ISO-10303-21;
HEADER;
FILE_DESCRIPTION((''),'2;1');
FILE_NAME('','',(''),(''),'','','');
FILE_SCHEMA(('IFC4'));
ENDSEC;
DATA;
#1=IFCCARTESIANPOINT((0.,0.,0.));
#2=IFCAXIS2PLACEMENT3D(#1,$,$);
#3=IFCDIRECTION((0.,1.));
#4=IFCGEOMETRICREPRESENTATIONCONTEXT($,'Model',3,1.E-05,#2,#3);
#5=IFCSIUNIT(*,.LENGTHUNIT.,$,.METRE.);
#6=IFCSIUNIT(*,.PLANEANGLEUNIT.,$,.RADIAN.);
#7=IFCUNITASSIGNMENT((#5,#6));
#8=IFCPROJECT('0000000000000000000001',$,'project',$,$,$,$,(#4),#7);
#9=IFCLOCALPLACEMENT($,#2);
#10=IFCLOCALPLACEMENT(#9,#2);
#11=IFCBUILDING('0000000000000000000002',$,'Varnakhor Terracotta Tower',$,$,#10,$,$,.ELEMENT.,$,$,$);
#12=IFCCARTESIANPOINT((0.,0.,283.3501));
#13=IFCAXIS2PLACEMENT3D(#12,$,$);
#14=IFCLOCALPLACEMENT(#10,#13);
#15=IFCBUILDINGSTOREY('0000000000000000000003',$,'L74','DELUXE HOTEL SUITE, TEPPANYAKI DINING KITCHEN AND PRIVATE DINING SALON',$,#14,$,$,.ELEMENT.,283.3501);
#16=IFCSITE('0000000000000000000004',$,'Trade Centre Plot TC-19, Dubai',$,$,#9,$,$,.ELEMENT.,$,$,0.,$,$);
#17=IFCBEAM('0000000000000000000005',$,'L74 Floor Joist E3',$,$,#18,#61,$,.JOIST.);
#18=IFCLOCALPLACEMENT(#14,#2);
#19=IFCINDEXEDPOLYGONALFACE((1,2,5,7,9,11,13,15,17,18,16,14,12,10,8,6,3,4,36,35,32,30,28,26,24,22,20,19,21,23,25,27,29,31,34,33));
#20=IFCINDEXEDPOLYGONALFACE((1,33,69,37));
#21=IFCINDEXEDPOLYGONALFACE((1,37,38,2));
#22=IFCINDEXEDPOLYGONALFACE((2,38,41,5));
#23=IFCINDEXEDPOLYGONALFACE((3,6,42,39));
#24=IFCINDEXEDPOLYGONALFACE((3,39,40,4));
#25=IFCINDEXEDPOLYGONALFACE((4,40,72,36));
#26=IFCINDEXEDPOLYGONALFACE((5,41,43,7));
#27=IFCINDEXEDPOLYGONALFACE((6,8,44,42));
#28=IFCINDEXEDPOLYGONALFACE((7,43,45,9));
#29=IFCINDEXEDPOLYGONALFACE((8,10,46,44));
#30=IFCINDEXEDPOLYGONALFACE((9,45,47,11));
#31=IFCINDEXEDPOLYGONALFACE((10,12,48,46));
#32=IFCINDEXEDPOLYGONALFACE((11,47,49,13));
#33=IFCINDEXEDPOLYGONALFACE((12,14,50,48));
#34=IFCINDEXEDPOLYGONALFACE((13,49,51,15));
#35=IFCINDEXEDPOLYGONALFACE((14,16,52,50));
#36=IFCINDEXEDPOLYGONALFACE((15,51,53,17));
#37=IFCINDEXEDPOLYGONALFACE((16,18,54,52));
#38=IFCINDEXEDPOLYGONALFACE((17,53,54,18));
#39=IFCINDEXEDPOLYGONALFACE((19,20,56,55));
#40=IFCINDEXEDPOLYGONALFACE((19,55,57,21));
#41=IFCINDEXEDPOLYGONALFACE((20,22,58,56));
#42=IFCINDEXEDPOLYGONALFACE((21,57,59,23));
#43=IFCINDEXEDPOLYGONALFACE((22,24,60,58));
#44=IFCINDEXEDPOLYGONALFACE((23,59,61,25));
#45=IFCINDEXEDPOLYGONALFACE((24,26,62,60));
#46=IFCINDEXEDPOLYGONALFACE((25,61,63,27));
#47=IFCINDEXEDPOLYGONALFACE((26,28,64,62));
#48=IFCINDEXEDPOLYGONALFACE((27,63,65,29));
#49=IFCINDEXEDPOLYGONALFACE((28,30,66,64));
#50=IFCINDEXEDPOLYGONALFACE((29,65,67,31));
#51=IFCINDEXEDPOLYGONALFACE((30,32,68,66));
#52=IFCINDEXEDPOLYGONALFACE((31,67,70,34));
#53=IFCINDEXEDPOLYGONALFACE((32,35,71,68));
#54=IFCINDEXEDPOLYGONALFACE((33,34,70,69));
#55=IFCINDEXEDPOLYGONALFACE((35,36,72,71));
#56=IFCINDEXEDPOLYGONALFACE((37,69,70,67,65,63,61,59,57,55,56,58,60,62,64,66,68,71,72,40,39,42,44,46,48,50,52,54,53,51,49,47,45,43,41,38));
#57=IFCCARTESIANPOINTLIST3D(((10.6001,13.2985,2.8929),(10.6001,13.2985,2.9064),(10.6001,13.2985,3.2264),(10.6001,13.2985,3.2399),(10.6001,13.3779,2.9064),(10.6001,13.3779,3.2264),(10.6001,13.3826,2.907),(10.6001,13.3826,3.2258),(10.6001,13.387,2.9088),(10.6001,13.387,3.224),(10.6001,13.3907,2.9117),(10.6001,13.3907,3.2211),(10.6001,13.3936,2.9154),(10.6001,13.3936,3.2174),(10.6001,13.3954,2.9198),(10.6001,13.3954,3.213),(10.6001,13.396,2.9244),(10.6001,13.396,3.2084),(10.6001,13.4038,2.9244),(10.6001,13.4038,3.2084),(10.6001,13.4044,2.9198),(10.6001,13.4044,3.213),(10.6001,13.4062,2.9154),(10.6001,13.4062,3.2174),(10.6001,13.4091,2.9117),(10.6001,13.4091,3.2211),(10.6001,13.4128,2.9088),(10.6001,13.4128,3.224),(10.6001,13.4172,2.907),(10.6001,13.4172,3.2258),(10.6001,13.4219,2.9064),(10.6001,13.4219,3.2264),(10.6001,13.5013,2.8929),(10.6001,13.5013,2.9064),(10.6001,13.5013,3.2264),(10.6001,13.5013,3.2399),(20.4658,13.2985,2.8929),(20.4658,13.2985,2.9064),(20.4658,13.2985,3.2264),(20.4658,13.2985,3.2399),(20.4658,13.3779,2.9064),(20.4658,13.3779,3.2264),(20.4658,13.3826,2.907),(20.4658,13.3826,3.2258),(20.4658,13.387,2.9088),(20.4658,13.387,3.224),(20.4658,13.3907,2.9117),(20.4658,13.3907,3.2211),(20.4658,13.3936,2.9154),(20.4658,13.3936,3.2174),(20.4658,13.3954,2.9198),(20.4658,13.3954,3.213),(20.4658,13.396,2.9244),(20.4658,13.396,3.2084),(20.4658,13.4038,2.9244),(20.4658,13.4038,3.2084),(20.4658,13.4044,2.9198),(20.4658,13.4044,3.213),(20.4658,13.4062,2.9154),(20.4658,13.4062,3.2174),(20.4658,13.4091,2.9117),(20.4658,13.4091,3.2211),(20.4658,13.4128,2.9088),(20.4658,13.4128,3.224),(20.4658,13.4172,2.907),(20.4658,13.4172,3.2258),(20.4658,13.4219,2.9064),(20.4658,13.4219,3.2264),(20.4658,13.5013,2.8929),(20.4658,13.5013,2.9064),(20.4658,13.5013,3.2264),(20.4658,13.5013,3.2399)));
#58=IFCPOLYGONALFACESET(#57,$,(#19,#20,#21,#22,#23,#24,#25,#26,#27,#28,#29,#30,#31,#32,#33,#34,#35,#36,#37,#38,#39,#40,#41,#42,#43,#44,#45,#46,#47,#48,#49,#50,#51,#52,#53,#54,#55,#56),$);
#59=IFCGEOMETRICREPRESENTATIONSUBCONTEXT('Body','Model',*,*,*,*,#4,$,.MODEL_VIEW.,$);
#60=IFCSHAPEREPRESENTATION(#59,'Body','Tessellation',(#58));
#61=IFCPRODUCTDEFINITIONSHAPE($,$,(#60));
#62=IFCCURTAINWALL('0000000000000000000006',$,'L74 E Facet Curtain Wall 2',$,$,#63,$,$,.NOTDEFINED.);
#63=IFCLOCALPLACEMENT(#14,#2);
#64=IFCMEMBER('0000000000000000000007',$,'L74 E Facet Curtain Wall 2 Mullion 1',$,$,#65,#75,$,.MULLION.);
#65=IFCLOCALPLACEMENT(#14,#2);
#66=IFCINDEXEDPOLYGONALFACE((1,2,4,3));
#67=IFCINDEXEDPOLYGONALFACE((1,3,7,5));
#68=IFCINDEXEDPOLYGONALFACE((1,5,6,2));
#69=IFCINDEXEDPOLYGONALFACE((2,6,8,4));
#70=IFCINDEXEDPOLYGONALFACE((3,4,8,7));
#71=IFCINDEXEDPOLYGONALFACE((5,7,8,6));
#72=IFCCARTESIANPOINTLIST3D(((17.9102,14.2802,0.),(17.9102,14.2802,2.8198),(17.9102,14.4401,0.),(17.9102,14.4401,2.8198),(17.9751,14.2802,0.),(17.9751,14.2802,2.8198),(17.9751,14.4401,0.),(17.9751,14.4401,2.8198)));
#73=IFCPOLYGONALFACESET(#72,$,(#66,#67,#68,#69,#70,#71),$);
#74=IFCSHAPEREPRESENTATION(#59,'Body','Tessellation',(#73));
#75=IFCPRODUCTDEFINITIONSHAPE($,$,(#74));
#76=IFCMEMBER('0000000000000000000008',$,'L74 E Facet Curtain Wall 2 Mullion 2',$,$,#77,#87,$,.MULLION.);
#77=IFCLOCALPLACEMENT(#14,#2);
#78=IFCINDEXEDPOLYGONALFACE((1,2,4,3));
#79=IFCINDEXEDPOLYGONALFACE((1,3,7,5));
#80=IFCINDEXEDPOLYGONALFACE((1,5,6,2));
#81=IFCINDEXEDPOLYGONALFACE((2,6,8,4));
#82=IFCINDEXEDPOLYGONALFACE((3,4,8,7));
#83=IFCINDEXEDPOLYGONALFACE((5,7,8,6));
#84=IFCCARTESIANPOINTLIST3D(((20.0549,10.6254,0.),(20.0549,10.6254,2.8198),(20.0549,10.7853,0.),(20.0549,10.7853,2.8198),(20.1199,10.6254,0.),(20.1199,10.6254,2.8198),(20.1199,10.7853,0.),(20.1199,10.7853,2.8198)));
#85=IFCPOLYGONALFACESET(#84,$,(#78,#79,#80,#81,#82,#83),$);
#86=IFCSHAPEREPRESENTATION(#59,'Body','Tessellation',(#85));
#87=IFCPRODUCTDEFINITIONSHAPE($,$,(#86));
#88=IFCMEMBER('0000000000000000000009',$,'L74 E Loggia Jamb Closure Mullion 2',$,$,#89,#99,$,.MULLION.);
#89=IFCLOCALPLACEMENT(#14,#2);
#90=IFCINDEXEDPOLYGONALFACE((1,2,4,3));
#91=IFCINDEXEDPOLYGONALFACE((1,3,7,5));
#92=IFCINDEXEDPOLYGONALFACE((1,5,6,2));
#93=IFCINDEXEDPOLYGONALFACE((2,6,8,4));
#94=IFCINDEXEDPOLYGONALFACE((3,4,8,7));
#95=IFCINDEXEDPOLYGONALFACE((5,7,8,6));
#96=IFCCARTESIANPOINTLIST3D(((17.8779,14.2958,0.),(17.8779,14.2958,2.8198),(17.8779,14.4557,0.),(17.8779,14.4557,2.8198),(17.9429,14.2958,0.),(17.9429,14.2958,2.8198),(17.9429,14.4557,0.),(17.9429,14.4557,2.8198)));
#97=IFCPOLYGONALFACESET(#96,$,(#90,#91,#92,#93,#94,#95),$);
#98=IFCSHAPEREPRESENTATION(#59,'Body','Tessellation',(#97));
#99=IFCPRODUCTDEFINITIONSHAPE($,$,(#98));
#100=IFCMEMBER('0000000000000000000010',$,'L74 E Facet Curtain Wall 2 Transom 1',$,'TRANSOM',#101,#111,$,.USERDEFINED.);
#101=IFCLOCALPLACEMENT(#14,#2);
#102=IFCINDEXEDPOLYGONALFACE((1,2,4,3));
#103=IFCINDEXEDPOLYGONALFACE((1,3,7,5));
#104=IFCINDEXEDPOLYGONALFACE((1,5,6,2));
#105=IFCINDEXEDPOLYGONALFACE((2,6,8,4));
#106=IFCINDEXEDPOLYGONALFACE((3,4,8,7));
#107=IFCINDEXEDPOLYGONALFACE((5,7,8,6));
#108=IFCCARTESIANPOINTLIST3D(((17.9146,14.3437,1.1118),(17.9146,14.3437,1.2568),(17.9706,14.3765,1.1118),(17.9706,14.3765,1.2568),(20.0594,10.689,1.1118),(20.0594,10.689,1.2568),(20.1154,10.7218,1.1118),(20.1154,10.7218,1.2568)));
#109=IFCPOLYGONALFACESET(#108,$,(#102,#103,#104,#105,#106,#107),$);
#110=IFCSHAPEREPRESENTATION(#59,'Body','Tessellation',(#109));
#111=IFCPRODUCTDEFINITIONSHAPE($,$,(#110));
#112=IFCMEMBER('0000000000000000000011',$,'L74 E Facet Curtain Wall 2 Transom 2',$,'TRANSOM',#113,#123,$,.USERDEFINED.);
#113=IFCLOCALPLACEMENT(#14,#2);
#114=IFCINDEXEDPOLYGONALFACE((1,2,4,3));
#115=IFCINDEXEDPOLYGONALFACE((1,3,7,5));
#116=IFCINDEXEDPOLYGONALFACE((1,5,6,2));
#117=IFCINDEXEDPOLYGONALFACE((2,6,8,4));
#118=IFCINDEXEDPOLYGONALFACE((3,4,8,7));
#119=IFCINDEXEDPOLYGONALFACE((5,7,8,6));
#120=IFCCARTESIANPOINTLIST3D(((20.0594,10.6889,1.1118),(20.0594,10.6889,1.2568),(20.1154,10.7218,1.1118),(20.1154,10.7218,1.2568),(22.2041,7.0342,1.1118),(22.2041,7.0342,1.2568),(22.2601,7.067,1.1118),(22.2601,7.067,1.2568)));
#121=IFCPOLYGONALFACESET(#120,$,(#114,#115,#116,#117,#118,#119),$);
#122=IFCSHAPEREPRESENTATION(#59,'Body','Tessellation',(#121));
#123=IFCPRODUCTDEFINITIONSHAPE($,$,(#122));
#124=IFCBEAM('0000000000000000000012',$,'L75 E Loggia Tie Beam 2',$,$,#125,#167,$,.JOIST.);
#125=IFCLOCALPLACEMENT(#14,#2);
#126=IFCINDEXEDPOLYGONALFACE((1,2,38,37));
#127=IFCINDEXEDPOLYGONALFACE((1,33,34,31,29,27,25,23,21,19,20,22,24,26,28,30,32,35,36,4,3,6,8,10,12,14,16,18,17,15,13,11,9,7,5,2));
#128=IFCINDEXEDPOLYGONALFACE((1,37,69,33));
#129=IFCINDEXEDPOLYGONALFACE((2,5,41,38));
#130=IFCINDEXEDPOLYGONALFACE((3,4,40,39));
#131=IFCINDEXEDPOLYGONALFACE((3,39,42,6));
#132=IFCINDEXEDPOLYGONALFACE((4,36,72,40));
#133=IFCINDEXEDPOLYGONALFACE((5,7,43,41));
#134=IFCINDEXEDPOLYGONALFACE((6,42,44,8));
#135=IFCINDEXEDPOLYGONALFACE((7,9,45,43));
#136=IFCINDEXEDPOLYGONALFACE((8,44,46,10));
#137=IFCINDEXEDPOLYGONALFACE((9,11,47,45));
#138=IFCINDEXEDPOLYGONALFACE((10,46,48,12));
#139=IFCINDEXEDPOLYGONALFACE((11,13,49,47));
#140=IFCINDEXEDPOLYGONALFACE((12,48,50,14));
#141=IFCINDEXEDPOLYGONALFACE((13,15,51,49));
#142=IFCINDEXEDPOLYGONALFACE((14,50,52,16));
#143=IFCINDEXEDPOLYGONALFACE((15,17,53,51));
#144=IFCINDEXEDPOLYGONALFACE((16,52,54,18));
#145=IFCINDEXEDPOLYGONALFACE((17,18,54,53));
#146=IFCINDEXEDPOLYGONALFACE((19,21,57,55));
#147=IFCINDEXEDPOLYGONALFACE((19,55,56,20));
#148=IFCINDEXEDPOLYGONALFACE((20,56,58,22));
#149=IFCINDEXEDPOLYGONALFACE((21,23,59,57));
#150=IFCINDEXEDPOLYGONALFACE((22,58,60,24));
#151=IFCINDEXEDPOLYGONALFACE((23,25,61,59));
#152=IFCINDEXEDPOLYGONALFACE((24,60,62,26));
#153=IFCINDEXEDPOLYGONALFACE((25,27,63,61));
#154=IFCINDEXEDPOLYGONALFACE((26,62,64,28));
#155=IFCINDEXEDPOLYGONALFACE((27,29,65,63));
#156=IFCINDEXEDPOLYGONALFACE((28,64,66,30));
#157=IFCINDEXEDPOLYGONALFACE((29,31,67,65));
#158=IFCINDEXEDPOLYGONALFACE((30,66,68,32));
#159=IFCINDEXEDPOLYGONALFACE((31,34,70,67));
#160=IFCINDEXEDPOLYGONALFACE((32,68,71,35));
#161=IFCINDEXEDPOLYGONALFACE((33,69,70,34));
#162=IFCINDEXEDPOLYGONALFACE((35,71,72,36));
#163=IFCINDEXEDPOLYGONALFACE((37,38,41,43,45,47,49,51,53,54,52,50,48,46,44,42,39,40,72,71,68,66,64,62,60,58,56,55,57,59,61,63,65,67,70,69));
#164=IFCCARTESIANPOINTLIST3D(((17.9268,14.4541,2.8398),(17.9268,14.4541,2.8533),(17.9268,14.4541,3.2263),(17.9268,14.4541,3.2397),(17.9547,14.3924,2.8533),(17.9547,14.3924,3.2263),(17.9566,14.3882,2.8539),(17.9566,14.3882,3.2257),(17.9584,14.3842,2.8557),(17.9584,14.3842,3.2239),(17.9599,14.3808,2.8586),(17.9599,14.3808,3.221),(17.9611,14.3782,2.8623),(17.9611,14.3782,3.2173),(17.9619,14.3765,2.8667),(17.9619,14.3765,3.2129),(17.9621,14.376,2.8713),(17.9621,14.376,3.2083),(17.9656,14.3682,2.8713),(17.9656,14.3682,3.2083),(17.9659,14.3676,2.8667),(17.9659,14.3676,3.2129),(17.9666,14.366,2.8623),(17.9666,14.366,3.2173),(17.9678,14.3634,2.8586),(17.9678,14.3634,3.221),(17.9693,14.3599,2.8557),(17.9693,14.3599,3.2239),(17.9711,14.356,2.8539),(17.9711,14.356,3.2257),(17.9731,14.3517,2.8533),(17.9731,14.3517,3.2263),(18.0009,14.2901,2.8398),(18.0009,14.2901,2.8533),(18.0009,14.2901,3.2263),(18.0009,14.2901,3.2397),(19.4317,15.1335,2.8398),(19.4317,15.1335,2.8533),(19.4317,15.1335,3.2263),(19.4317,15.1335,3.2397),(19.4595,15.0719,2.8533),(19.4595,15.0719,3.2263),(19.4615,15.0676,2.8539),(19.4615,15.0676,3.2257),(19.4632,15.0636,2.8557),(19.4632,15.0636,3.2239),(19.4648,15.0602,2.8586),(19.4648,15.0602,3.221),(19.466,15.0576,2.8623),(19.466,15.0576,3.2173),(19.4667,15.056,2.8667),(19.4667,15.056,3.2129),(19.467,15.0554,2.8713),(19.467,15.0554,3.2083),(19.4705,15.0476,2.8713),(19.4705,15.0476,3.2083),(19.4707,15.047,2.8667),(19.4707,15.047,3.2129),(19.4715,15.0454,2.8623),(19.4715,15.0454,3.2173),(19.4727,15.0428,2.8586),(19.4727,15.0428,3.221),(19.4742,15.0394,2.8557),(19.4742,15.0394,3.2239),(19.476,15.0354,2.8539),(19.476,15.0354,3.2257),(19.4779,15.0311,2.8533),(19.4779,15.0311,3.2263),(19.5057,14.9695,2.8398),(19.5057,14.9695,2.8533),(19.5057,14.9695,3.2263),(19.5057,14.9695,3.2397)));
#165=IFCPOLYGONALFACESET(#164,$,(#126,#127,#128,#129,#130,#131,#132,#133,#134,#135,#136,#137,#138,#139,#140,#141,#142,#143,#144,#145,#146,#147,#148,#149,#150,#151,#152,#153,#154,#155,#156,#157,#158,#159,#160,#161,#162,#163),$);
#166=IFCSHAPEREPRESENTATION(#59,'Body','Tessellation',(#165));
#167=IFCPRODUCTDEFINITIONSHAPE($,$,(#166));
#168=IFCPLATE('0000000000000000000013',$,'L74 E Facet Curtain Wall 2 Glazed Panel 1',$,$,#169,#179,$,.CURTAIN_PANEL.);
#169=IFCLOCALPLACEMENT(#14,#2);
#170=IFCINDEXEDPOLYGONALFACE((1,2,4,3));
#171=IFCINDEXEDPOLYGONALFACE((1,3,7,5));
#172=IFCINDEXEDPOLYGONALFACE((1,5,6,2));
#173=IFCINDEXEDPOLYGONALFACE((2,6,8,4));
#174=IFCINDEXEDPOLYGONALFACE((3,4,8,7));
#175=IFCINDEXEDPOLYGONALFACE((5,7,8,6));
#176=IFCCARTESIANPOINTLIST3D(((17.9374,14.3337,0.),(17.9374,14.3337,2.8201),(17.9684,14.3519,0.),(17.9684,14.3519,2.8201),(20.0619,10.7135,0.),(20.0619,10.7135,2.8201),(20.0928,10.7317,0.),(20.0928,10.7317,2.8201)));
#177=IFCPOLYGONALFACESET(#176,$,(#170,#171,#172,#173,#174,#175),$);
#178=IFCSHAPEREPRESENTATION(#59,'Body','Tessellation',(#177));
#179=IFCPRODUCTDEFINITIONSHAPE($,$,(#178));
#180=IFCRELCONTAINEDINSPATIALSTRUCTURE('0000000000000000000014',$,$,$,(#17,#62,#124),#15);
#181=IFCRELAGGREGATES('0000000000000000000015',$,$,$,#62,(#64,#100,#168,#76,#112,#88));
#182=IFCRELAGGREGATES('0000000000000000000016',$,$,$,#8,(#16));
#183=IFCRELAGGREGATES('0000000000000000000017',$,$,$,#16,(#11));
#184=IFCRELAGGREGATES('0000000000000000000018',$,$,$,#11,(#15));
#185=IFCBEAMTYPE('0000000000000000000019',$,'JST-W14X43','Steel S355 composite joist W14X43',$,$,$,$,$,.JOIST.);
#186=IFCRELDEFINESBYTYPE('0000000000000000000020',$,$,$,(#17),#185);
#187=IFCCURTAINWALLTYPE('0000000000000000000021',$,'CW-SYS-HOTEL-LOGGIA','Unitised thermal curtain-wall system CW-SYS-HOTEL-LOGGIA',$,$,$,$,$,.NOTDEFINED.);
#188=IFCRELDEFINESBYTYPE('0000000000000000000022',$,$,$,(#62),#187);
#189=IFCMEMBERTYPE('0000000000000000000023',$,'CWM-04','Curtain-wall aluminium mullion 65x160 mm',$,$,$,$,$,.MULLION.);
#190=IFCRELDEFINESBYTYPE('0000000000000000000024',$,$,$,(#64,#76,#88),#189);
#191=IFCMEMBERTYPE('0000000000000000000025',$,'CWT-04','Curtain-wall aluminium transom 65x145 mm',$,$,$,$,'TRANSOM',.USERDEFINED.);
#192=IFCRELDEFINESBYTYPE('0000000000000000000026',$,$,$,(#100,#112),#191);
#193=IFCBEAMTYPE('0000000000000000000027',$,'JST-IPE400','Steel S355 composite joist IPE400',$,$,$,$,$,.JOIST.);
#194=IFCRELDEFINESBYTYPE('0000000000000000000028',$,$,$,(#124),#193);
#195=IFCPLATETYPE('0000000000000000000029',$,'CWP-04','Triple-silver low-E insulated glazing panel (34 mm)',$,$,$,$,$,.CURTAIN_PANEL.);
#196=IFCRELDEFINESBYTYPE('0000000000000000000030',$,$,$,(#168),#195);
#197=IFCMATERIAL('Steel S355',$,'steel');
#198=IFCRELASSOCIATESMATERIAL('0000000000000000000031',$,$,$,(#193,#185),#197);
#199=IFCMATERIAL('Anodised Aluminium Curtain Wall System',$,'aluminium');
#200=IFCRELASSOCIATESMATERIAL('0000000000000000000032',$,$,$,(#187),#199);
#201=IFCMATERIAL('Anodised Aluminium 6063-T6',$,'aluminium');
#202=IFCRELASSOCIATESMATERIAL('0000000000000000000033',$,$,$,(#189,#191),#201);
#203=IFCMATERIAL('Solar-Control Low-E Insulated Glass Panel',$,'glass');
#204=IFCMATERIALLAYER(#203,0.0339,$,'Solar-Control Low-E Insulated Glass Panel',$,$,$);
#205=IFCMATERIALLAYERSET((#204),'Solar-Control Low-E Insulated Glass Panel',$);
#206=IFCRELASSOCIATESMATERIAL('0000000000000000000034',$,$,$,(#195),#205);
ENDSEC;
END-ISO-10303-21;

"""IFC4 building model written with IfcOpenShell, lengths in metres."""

from ifc_helpers import new_model, si_unit, direction, frame, origin, origin_2d, place, context, subcontext, project, spatial, rectangle, i_section, extrude, source, transform, mapped, material, layer, layer_set, material_profile, profile_set, type_object, element, aggregate, save


model = new_model("IFC4")

# Units and contexts
model_context = context("Model", 3, precision=1e-05, world=origin(), true_north=direction((0.0, 1.0)))
body_context = subcontext(model_context, "Body", "Model", "MODEL_VIEW")
ifc_project = project(units=[si_unit("LENGTHUNIT", "METRE"), si_unit("PLANEANGLEUNIT", "RADIAN")], contexts=[model_context])

# Site, building, storey
site_placement = place(None, origin())
site = spatial("IfcSite", under=ifc_project, at=site_placement, Name="Trade Centre Plot TC-19, Dubai", CompositionType="ELEMENT", RefElevation=0.0)
building_placement = place(site_placement, origin())
building = spatial("IfcBuilding", under=site, at=building_placement, Name="Varnakhor Terracotta Tower", CompositionType="ELEMENT")
storey_placement = place(building_placement, frame((0.0, 0.0, 283.3501)))
storey = spatial("IfcBuildingStorey", under=building, at=storey_placement, Name="L74", Description="DELUXE HOTEL SUITE, TEPPANYAKI DINING KITCHEN AND PRIVATE DINING SALON", CompositionType="ELEMENT", Elevation=283.3501)

# Beam
ifc_material_1 = material(Name="Steel S355", Category="steel")
ifc_material_profile_1 = material_profile(ifc_material_1, i_section(OverallWidth=0.1799, OverallDepth=0.3999, WebThickness=0.0085, FlangeThickness=0.0134, FilletRadius=0.0181, at=origin_2d()), Name="IPE400")
ifc_profile_set_1 = profile_set([ifc_material_profile_1], Name="Steel S355")
beam_type_1 = type_object("IfcBeamType", Name="JST-IPE400", Description="Steel S355 composite joist IPE400", PredefinedType="JOIST", material=ifc_profile_set_1)
ifc_material_profile_2 = material_profile(ifc_material_1, i_section(OverallWidth=0.2029, OverallDepth=0.3469, WebThickness=0.0078, FlangeThickness=0.0134, FilletRadius=0.0181, at=origin_2d()), Name="W14X43")
ifc_profile_set_2 = profile_set([ifc_material_profile_2], Name="Steel S355")
beam_type_2 = type_object("IfcBeamType", Name="JST-W14X43", Description="Steel S355 composite joist W14X43", PredefinedType="JOIST", material=ifc_profile_set_2)
shared_shape_1 = source(origin(), body_context, "Body", "SweptSolid", [
    extrude(i_section(OverallWidth=0.2029, OverallDepth=0.3469, WebThickness=0.0078, FlangeThickness=0.0134, FilletRadius=0.0181, at=origin_2d()), origin(), (0.0, 0.0, 1.0), 9.8657),
])
beam_1_placement = place(storey_placement, frame((10.6001, 13.3999, 3.0664), z_axis=(1.0, 0.0, 0.0), x_axis=(0.0, 1.0, 0.0)))
element("IfcBeam", 1, at=beam_1_placement, inside=storey, type_object=beam_type_2, Name="L74 Floor Joist E3", PredefinedType="JOIST", context=body_context, shape_type="MappedRepresentation", body=[
    mapped(shared_shape_1, transform((0.0, 0.0, 0.0), scale=1.0)),
])

# Curtain wall, members
ifc_material_2 = material(Name="Anodised Aluminium Curtain Wall System", Category="aluminium")
curtain_wall_type = type_object("IfcCurtainWallType", Name="CW-SYS-HOTEL-LOGGIA", Description="Unitised thermal curtain-wall system CW-SYS-HOTEL-LOGGIA", PredefinedType="NOTDEFINED", material=ifc_material_2)
curtain_wall_placement = place(storey_placement, origin())
curtain_wall = element("IfcCurtainWall", 2, at=curtain_wall_placement, inside=storey, type_object=curtain_wall_type, Name="L74 E Facet Curtain Wall 2", PredefinedType="NOTDEFINED")
ifc_material_3 = material(Name="Anodised Aluminium 6063-T6", Category="aluminium")
ifc_material_profile_3 = material_profile(ifc_material_3, rectangle(XDim=0.0649, YDim=0.1599, at=origin_2d()), Name="ALU MULLION 65x160")
ifc_profile_set_3 = profile_set([ifc_material_profile_3], Name="Anodised Aluminium 6063-T6")
member_type_1 = type_object("IfcMemberType", Name="CWM-04", Description="Curtain-wall aluminium mullion 65x160 mm", PredefinedType="MULLION", material=ifc_profile_set_3)
shared_shape_2 = source(origin(), body_context, "Body", "SweptSolid", [
    extrude(rectangle(XDim=0.0649, YDim=0.1599, at=origin_2d()), origin(), (0.0, 0.0, 1.0), 2.8198),
])
member_1_placement = place(storey_placement, frame((17.9426, 14.3601, 0.0), z_axis=(0.0, 0.0, 1.0), x_axis=(1.0, 0.0, 0.0)))
member_1 = element("IfcMember", 3, at=member_1_placement, type_object=member_type_1, Name="L74 E Facet Curtain Wall 2 Mullion 1", PredefinedType="MULLION", context=body_context, shape_type="MappedRepresentation", body=[
    mapped(shared_shape_2, transform((0.0, 0.0, 0.0), scale=1.0)),
])
member_2_placement = place(storey_placement, frame((20.0874, 10.7053, 0.0), z_axis=(0.0, 0.0, 1.0), x_axis=(1.0, 0.0, 0.0)))
member_2 = element("IfcMember", 4, at=member_2_placement, type_object=member_type_1, Name="L74 E Facet Curtain Wall 2 Mullion 2", PredefinedType="MULLION", context=body_context, shape_type="MappedRepresentation", body=[
    mapped(shared_shape_2, transform((0.0, 0.0, 0.0), scale=1.0)),
])
member_3_placement = place(storey_placement, frame((17.9104, 14.3757, 0.0), z_axis=(0.0, 0.0, 1.0), x_axis=(1.0, 0.0, 0.0)))
member_3 = element("IfcMember", 5, at=member_3_placement, type_object=member_type_1, Name="L74 E Loggia Jamb Closure Mullion 2", PredefinedType="MULLION", context=body_context, shape_type="MappedRepresentation", body=[
    mapped(shared_shape_2, transform((0.0, 0.0, 0.0), scale=1.0)),
])
ifc_material_profile_4 = material_profile(ifc_material_3, rectangle(XDim=0.0649, YDim=0.145, at=origin_2d()), Name="ALU TRANSOM 65x145")
ifc_profile_set_4 = profile_set([ifc_material_profile_4], Name="Anodised Aluminium 6063-T6")
member_type_2 = type_object("IfcMemberType", Name="CWT-04", Description="Curtain-wall aluminium transom 65x145 mm", ElementType="TRANSOM", PredefinedType="USERDEFINED", material=ifc_profile_set_4)
shared_shape_3 = source(origin(), body_context, "Body", "SweptSolid", [
    extrude(rectangle(XDim=0.0649, YDim=0.145, at=origin_2d()), origin(), (0.0, 0.0, 1.0), 4.2375),
])
member_4_placement = place(storey_placement, frame((17.9426, 14.3601, 1.1843), z_axis=(0.506126, -0.86246, 0.0), x_axis=(0.86246, 0.506126, 0.0)))
member_4 = element("IfcMember", 6, at=member_4_placement, type_object=member_type_2, Name="L74 E Facet Curtain Wall 2 Transom 1", ObjectType="TRANSOM", PredefinedType="USERDEFINED", context=body_context, shape_type="MappedRepresentation", body=[
    mapped(shared_shape_3, transform((0.0, 0.0, 0.0), scale=1.0)),
])
member_5_placement = place(storey_placement, frame((20.0874, 10.7053, 1.1843), z_axis=(0.506126, -0.86246, 0.0), x_axis=(0.86246, 0.506126, 0.0)))
member_5 = element("IfcMember", 7, at=member_5_placement, type_object=member_type_2, Name="L74 E Facet Curtain Wall 2 Transom 2", ObjectType="TRANSOM", PredefinedType="USERDEFINED", context=body_context, shape_type="MappedRepresentation", body=[
    mapped(shared_shape_3, transform((0.0, 0.0, 0.0), scale=1.0)),
])

# Beam
shared_shape_4 = source(origin(), body_context, "Body", "SweptSolid", [
    extrude(i_section(OverallWidth=0.1799, OverallDepth=0.3999, WebThickness=0.0085, FlangeThickness=0.0134, FilletRadius=0.0181, at=origin_2d()), origin(), (0.0, 0.0, 1.0), 1.6511),
])
beam_2_placement = place(storey_placement, frame((17.9639, 14.3721, 3.0398), z_axis=(0.911412, 0.411496, 0.0), x_axis=(-0.411496, 0.911412, 0.0)))
element("IfcBeam", 8, at=beam_2_placement, inside=storey, type_object=beam_type_1, Name="L75 E Loggia Tie Beam 2", PredefinedType="JOIST", context=body_context, shape_type="MappedRepresentation", body=[
    mapped(shared_shape_4, transform((0.0, 0.0, 0.0), scale=1.0)),
])

# Plate
ifc_material_4 = material(Name="Solar-Control Low-E Insulated Glass Panel", Category="glass")
ifc_layer_1 = layer(ifc_material_4, 0.0339, Name="Solar-Control Low-E Insulated Glass Panel")
ifc_layer_set_1 = layer_set([ifc_layer_1], Name="Solar-Control Low-E Insulated Glass Panel")
plate_type = type_object("IfcPlateType", Name="CWP-04", Description="Triple-silver low-E insulated glazing panel (34 mm)", PredefinedType="CURTAIN_PANEL", material=ifc_layer_set_1)
shared_shape_5 = source(origin(), body_context, "Body", "SweptSolid", [
    extrude(rectangle(XDim=4.1975, YDim=0.0359, at=origin_2d()), origin(), (0.0, 0.0, 1.0), 2.8201),
])
plate_1_placement = place(storey_placement, frame((19.0151, 12.5327, 0.0), z_axis=(0.0, 0.0, 1.0), x_axis=(0.506124, -0.862461, 0.0)))
plate_1 = element("IfcPlate", 9, at=plate_1_placement, type_object=plate_type, Name="L74 E Facet Curtain Wall 2 Glazed Panel 1", PredefinedType="CURTAIN_PANEL", context=body_context, shape_type="MappedRepresentation", body=[
    mapped(shared_shape_5, transform((0.0, 0.0, 0.0), scale=1.0)),
])
aggregate(curtain_wall, [member_1, member_4, plate_1, member_2, member_5, member_3])

save(model, "model.ifc")
